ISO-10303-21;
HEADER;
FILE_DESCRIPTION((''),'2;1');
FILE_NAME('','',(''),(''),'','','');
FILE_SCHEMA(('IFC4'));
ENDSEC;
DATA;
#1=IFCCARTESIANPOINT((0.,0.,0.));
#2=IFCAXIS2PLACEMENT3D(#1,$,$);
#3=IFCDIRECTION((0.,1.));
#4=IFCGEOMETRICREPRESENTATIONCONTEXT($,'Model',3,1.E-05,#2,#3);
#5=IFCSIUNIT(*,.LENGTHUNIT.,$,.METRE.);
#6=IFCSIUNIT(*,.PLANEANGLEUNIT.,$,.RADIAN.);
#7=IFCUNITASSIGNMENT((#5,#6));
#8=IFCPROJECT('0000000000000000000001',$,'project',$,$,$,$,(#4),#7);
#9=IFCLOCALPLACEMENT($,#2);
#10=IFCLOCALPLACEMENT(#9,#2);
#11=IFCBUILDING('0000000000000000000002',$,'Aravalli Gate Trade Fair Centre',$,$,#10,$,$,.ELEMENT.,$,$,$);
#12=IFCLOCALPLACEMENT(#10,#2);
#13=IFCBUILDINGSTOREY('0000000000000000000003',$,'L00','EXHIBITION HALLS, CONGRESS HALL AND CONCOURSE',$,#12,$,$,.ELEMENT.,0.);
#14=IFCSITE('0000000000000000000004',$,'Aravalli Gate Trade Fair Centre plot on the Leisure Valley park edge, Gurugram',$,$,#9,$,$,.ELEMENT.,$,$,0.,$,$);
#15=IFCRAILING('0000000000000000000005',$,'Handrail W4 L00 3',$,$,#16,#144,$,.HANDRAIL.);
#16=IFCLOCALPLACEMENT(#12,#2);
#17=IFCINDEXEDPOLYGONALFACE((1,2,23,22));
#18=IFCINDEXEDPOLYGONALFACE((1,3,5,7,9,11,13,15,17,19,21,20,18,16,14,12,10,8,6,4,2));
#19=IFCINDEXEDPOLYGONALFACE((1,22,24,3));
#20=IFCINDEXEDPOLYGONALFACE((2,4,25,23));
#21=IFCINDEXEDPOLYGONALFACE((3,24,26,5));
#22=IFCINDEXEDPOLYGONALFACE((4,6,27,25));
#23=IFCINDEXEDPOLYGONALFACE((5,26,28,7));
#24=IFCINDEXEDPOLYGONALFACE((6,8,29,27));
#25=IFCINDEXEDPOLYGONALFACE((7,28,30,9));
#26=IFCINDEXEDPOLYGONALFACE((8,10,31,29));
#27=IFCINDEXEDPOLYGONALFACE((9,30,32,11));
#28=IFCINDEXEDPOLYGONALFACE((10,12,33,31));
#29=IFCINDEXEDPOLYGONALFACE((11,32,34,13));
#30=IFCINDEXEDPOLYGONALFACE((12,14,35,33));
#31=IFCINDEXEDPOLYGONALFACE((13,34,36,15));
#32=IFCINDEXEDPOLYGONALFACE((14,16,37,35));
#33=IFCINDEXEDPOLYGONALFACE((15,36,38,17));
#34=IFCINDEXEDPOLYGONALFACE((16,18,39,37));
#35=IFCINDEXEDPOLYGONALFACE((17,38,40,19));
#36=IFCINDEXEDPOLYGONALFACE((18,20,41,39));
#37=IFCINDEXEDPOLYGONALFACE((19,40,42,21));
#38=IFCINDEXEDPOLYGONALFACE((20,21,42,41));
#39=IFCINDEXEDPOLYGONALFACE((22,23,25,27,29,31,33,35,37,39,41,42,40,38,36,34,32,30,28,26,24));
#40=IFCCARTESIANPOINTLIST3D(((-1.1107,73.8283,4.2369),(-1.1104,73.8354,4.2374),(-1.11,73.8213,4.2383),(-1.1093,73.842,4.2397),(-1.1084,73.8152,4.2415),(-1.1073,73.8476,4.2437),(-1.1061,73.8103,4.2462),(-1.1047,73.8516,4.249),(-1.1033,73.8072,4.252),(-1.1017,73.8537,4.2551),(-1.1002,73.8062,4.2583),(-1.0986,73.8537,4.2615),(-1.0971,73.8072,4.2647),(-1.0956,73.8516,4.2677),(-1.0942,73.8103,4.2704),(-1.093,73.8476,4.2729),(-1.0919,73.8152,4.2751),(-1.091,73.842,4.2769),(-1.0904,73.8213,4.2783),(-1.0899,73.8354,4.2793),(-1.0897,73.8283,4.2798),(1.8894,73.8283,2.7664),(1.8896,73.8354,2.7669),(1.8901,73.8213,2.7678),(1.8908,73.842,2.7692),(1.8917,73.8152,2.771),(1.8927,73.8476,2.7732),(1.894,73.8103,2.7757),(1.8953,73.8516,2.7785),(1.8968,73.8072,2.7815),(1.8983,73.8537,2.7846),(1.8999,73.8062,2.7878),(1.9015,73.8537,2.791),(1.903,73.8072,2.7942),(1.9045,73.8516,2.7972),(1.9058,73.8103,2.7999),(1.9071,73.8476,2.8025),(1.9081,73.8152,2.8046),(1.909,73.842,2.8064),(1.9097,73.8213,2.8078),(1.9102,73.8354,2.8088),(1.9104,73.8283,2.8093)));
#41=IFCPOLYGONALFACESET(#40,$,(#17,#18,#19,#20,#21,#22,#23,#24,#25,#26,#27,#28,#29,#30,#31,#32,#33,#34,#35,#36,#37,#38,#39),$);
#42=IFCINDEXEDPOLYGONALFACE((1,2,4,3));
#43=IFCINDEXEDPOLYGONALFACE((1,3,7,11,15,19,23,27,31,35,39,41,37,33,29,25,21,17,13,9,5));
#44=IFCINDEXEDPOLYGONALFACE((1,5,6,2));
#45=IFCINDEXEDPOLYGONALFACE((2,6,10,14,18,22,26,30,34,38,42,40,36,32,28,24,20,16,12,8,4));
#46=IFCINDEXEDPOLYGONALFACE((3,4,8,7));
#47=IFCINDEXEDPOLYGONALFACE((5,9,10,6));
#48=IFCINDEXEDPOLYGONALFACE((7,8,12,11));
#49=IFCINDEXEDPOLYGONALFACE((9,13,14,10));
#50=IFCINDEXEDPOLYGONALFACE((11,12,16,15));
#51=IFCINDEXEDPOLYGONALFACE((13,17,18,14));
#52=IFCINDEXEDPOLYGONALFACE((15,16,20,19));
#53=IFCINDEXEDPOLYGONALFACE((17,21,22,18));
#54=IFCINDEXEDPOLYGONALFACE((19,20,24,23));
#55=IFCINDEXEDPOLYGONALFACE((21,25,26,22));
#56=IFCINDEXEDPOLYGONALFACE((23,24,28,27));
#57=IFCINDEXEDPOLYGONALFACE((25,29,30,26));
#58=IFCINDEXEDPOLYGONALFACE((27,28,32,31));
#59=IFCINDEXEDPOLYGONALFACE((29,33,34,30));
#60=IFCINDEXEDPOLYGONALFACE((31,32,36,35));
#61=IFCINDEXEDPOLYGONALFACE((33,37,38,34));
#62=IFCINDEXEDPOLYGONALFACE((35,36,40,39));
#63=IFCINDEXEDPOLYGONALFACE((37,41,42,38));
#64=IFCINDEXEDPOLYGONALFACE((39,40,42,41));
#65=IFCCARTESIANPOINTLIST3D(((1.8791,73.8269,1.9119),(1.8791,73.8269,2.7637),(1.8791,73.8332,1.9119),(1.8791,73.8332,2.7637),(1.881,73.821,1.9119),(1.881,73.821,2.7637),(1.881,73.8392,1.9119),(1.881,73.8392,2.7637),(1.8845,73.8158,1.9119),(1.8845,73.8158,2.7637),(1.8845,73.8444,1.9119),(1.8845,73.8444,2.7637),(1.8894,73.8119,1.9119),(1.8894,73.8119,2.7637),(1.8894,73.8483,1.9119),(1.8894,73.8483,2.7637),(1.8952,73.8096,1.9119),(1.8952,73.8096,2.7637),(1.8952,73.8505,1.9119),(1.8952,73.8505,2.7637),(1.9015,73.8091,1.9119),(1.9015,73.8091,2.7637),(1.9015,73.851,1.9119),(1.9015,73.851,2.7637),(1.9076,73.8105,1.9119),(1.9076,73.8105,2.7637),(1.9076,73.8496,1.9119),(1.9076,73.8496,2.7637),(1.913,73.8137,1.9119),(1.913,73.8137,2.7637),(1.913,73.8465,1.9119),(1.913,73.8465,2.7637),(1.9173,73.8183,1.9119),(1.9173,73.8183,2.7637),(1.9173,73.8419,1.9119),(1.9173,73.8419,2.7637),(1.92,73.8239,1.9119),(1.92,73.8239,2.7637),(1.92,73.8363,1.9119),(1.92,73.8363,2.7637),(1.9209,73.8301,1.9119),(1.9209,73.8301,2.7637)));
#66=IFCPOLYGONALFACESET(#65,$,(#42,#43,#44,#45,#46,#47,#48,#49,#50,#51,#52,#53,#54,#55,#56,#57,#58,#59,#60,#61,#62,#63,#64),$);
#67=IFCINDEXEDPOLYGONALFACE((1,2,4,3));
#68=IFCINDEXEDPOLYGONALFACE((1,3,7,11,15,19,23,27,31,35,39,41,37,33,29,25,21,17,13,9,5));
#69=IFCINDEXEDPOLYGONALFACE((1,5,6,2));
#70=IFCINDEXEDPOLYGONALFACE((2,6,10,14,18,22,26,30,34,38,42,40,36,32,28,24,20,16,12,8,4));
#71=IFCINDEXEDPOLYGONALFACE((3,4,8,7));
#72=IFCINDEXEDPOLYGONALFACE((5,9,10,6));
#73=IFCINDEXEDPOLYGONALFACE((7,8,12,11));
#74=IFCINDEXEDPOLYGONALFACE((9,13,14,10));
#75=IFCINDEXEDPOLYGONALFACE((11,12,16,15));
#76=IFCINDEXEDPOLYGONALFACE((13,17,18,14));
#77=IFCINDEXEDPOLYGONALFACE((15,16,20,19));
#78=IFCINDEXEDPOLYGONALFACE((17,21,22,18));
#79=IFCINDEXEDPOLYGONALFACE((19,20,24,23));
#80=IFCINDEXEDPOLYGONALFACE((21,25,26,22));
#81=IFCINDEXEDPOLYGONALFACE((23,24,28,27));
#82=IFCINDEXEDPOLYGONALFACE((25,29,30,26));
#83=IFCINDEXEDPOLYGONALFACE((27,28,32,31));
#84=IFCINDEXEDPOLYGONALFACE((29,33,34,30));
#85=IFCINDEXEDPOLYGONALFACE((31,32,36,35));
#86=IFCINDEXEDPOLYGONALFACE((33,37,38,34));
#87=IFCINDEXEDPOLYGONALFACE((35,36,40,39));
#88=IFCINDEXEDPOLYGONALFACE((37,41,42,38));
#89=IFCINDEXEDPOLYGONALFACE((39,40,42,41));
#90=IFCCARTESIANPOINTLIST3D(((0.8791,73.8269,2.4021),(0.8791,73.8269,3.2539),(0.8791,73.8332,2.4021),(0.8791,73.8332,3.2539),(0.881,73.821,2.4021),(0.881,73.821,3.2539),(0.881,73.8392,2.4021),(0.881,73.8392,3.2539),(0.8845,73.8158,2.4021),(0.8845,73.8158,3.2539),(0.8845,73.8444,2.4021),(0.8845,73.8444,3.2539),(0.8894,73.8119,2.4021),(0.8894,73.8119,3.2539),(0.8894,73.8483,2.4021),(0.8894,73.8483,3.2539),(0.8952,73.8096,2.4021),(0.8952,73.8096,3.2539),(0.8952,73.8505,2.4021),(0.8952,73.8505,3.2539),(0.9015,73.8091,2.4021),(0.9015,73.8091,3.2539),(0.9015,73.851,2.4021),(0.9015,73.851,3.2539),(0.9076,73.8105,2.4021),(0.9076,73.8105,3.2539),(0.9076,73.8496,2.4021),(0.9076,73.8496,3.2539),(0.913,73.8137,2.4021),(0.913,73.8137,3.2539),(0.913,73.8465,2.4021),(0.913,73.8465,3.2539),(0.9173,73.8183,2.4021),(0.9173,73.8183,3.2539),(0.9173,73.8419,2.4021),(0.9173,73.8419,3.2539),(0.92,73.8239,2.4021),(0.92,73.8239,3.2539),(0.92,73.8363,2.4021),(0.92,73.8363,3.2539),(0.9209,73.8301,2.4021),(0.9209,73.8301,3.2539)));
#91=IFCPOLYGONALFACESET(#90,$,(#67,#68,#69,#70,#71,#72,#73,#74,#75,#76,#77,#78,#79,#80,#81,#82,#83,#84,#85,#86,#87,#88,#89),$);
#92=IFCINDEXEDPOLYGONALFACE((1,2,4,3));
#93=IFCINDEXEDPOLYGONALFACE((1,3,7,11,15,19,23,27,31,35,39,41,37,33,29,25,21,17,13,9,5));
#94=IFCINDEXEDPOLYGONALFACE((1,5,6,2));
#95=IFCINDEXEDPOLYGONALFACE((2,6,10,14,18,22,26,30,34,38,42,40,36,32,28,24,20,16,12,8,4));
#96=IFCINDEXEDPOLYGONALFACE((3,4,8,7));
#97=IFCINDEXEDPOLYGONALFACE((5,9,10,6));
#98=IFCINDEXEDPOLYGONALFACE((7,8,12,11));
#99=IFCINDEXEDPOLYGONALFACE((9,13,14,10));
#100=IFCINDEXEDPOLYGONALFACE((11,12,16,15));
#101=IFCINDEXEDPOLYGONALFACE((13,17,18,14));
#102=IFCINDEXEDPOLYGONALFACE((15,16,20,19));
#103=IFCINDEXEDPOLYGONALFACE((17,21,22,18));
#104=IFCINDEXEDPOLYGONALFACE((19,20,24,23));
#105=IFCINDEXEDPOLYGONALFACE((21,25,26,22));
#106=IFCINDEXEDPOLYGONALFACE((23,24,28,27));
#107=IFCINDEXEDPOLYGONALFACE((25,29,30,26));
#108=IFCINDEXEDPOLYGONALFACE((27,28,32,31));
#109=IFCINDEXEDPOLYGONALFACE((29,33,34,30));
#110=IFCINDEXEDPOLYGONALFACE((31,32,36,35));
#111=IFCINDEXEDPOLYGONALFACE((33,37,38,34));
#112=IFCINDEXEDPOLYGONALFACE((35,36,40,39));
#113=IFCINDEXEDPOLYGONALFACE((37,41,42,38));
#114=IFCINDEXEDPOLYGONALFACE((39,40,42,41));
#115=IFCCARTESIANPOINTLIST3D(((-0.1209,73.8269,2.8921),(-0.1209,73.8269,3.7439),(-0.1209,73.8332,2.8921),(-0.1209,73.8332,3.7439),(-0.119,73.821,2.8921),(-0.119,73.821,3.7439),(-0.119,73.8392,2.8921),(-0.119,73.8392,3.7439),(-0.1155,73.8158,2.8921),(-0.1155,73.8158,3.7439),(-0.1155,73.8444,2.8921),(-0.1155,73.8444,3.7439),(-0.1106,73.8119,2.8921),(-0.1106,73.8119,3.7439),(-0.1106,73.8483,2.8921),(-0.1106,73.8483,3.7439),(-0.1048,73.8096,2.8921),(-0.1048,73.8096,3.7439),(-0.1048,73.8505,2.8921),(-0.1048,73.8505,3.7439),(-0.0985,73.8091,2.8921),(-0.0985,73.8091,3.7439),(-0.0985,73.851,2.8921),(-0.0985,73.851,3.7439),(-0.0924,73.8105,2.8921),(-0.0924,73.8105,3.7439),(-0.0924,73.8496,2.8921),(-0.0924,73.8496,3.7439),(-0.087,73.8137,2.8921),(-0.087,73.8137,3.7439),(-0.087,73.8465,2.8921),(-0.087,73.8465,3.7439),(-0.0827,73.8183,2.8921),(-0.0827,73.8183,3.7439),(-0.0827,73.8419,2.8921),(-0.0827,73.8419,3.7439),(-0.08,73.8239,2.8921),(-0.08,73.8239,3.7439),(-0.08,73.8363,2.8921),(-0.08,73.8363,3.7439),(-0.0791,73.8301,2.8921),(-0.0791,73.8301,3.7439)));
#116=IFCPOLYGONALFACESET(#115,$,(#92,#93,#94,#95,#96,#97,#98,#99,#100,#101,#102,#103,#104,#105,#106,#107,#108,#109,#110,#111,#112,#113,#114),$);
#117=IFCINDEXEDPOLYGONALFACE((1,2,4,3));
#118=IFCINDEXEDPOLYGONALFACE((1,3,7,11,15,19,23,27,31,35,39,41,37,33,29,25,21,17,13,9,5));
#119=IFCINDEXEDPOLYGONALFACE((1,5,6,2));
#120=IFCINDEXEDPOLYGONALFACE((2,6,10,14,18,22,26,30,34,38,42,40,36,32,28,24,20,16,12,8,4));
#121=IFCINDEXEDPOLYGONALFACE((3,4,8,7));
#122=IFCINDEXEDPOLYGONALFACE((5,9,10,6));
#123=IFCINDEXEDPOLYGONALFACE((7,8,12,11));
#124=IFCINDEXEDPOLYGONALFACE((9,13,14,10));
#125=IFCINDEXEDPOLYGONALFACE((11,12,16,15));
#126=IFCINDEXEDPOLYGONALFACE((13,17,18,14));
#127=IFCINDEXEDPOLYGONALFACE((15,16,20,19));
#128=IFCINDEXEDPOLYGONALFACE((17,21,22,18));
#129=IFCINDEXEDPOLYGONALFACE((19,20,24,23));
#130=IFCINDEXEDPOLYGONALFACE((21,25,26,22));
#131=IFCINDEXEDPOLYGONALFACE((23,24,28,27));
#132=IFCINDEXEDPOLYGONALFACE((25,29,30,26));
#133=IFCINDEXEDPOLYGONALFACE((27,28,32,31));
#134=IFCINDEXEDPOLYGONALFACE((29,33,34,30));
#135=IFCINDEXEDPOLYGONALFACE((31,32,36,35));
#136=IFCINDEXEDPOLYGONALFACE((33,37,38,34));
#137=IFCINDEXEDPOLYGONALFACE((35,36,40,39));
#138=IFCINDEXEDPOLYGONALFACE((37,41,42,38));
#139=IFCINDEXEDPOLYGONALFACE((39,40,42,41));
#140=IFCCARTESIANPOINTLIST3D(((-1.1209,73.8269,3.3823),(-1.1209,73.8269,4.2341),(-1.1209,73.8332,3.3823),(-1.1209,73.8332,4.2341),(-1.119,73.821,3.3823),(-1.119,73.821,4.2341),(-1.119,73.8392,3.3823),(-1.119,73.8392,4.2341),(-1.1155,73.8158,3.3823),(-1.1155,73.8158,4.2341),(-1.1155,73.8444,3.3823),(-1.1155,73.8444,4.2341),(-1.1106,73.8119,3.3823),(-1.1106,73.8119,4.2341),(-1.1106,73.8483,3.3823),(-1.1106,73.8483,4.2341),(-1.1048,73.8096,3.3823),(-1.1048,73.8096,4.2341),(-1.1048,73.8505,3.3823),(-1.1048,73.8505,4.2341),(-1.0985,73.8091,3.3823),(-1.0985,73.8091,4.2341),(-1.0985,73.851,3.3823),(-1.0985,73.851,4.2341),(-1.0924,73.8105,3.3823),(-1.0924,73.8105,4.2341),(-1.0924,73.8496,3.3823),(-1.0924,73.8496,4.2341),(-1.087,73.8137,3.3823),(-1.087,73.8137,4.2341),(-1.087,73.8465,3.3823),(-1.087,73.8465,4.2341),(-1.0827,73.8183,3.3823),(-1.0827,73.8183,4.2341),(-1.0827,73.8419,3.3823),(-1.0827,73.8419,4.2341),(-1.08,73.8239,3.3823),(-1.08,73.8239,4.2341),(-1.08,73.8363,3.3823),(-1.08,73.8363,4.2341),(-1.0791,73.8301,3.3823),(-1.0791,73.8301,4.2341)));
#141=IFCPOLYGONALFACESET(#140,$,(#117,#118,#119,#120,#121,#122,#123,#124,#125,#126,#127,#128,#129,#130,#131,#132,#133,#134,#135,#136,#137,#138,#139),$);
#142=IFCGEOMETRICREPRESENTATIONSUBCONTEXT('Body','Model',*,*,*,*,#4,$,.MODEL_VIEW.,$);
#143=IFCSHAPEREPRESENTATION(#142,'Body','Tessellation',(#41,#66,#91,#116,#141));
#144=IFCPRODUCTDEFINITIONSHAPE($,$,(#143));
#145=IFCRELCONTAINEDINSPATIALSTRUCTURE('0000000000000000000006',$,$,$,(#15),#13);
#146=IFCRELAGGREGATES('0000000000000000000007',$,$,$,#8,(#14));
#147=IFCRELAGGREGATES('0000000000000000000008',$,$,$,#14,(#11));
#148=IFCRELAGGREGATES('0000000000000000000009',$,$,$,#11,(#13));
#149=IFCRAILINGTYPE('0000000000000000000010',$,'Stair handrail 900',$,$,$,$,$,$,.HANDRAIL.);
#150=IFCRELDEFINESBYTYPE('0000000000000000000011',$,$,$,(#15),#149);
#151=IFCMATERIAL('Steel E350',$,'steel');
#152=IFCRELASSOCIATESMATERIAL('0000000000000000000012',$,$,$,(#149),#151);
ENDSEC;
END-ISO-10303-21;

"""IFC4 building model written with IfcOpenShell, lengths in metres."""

from ifc_helpers import new_model, si_unit, direction, frame, origin, origin_2d, place, context, subcontext, project, spatial, circle, extrude, material, type_object, element, save


model = new_model("IFC4")

# Units and contexts
model_context = context("Model", 3, precision=1e-05, world=origin(), true_north=direction((0.0, 1.0)))
body_context = subcontext(model_context, "Body", "Model", "MODEL_VIEW")
ifc_project = project(units=[si_unit("LENGTHUNIT", "METRE"), si_unit("PLANEANGLEUNIT", "RADIAN")], contexts=[model_context])

# Site, building, storey
site_placement = place(None, origin())
site = spatial("IfcSite", under=ifc_project, at=site_placement, Name="Aravalli Gate Trade Fair Centre plot on the Leisure Valley park edge, Gurugram", CompositionType="ELEMENT", RefElevation=0.0)
building_placement = place(site_placement, origin())
building = spatial("IfcBuilding", under=site, at=building_placement, Name="Aravalli Gate Trade Fair Centre", CompositionType="ELEMENT")
storey_placement = place(building_placement, origin())
storey = spatial("IfcBuildingStorey", under=building, at=storey_placement, Name="L00", Description="EXHIBITION HALLS, CONGRESS HALL AND CONCOURSE", CompositionType="ELEMENT", Elevation=0.0)

# Railing
ifc_material_1 = material(Name="Steel E350", Category="steel")
railing_type = type_object("IfcRailingType", Name="Stair handrail 900", PredefinedType="HANDRAIL", material=ifc_material_1)
for number, where, name in (
    (1, (1.8999, 73.8301, 1.9119), "Handrail W4 L00 3"),
):
    element("IfcRailing", number, at=place(storey_placement, frame(where)), inside=storey, type_object=railing_type, Name=name, PredefinedType="HANDRAIL", context=body_context, shape_type="SweptSolid", body=[
        extrude(circle(Radius=0.0239, at=origin_2d()), frame((0.0, 0.0, 0.876), z_axis=(-0.897936, 0.0, 0.440126), x_axis=(0.0, -1.0, 0.0)), (0.0, 0.0, 1.0), 3.3411),
        extrude(circle(Radius=0.021, at=origin_2d()), origin(), (0.0, 0.0, 1.0), 0.8518),
        extrude(circle(Radius=0.021, at=origin_2d()), frame((-1.0, 0.0, 0.4902)), (0.0, 0.0, 1.0), 0.8518),
        extrude(circle(Radius=0.021, at=origin_2d()), frame((-2.0, 0.0, 0.9802)), (0.0, 0.0, 1.0), 0.8518),
        extrude(circle(Radius=0.021, at=origin_2d()), frame((-3.0, 0.0, 1.4705)), (0.0, 0.0, 1.0), 0.8518),
    ])

save(model, "model.ifc")
